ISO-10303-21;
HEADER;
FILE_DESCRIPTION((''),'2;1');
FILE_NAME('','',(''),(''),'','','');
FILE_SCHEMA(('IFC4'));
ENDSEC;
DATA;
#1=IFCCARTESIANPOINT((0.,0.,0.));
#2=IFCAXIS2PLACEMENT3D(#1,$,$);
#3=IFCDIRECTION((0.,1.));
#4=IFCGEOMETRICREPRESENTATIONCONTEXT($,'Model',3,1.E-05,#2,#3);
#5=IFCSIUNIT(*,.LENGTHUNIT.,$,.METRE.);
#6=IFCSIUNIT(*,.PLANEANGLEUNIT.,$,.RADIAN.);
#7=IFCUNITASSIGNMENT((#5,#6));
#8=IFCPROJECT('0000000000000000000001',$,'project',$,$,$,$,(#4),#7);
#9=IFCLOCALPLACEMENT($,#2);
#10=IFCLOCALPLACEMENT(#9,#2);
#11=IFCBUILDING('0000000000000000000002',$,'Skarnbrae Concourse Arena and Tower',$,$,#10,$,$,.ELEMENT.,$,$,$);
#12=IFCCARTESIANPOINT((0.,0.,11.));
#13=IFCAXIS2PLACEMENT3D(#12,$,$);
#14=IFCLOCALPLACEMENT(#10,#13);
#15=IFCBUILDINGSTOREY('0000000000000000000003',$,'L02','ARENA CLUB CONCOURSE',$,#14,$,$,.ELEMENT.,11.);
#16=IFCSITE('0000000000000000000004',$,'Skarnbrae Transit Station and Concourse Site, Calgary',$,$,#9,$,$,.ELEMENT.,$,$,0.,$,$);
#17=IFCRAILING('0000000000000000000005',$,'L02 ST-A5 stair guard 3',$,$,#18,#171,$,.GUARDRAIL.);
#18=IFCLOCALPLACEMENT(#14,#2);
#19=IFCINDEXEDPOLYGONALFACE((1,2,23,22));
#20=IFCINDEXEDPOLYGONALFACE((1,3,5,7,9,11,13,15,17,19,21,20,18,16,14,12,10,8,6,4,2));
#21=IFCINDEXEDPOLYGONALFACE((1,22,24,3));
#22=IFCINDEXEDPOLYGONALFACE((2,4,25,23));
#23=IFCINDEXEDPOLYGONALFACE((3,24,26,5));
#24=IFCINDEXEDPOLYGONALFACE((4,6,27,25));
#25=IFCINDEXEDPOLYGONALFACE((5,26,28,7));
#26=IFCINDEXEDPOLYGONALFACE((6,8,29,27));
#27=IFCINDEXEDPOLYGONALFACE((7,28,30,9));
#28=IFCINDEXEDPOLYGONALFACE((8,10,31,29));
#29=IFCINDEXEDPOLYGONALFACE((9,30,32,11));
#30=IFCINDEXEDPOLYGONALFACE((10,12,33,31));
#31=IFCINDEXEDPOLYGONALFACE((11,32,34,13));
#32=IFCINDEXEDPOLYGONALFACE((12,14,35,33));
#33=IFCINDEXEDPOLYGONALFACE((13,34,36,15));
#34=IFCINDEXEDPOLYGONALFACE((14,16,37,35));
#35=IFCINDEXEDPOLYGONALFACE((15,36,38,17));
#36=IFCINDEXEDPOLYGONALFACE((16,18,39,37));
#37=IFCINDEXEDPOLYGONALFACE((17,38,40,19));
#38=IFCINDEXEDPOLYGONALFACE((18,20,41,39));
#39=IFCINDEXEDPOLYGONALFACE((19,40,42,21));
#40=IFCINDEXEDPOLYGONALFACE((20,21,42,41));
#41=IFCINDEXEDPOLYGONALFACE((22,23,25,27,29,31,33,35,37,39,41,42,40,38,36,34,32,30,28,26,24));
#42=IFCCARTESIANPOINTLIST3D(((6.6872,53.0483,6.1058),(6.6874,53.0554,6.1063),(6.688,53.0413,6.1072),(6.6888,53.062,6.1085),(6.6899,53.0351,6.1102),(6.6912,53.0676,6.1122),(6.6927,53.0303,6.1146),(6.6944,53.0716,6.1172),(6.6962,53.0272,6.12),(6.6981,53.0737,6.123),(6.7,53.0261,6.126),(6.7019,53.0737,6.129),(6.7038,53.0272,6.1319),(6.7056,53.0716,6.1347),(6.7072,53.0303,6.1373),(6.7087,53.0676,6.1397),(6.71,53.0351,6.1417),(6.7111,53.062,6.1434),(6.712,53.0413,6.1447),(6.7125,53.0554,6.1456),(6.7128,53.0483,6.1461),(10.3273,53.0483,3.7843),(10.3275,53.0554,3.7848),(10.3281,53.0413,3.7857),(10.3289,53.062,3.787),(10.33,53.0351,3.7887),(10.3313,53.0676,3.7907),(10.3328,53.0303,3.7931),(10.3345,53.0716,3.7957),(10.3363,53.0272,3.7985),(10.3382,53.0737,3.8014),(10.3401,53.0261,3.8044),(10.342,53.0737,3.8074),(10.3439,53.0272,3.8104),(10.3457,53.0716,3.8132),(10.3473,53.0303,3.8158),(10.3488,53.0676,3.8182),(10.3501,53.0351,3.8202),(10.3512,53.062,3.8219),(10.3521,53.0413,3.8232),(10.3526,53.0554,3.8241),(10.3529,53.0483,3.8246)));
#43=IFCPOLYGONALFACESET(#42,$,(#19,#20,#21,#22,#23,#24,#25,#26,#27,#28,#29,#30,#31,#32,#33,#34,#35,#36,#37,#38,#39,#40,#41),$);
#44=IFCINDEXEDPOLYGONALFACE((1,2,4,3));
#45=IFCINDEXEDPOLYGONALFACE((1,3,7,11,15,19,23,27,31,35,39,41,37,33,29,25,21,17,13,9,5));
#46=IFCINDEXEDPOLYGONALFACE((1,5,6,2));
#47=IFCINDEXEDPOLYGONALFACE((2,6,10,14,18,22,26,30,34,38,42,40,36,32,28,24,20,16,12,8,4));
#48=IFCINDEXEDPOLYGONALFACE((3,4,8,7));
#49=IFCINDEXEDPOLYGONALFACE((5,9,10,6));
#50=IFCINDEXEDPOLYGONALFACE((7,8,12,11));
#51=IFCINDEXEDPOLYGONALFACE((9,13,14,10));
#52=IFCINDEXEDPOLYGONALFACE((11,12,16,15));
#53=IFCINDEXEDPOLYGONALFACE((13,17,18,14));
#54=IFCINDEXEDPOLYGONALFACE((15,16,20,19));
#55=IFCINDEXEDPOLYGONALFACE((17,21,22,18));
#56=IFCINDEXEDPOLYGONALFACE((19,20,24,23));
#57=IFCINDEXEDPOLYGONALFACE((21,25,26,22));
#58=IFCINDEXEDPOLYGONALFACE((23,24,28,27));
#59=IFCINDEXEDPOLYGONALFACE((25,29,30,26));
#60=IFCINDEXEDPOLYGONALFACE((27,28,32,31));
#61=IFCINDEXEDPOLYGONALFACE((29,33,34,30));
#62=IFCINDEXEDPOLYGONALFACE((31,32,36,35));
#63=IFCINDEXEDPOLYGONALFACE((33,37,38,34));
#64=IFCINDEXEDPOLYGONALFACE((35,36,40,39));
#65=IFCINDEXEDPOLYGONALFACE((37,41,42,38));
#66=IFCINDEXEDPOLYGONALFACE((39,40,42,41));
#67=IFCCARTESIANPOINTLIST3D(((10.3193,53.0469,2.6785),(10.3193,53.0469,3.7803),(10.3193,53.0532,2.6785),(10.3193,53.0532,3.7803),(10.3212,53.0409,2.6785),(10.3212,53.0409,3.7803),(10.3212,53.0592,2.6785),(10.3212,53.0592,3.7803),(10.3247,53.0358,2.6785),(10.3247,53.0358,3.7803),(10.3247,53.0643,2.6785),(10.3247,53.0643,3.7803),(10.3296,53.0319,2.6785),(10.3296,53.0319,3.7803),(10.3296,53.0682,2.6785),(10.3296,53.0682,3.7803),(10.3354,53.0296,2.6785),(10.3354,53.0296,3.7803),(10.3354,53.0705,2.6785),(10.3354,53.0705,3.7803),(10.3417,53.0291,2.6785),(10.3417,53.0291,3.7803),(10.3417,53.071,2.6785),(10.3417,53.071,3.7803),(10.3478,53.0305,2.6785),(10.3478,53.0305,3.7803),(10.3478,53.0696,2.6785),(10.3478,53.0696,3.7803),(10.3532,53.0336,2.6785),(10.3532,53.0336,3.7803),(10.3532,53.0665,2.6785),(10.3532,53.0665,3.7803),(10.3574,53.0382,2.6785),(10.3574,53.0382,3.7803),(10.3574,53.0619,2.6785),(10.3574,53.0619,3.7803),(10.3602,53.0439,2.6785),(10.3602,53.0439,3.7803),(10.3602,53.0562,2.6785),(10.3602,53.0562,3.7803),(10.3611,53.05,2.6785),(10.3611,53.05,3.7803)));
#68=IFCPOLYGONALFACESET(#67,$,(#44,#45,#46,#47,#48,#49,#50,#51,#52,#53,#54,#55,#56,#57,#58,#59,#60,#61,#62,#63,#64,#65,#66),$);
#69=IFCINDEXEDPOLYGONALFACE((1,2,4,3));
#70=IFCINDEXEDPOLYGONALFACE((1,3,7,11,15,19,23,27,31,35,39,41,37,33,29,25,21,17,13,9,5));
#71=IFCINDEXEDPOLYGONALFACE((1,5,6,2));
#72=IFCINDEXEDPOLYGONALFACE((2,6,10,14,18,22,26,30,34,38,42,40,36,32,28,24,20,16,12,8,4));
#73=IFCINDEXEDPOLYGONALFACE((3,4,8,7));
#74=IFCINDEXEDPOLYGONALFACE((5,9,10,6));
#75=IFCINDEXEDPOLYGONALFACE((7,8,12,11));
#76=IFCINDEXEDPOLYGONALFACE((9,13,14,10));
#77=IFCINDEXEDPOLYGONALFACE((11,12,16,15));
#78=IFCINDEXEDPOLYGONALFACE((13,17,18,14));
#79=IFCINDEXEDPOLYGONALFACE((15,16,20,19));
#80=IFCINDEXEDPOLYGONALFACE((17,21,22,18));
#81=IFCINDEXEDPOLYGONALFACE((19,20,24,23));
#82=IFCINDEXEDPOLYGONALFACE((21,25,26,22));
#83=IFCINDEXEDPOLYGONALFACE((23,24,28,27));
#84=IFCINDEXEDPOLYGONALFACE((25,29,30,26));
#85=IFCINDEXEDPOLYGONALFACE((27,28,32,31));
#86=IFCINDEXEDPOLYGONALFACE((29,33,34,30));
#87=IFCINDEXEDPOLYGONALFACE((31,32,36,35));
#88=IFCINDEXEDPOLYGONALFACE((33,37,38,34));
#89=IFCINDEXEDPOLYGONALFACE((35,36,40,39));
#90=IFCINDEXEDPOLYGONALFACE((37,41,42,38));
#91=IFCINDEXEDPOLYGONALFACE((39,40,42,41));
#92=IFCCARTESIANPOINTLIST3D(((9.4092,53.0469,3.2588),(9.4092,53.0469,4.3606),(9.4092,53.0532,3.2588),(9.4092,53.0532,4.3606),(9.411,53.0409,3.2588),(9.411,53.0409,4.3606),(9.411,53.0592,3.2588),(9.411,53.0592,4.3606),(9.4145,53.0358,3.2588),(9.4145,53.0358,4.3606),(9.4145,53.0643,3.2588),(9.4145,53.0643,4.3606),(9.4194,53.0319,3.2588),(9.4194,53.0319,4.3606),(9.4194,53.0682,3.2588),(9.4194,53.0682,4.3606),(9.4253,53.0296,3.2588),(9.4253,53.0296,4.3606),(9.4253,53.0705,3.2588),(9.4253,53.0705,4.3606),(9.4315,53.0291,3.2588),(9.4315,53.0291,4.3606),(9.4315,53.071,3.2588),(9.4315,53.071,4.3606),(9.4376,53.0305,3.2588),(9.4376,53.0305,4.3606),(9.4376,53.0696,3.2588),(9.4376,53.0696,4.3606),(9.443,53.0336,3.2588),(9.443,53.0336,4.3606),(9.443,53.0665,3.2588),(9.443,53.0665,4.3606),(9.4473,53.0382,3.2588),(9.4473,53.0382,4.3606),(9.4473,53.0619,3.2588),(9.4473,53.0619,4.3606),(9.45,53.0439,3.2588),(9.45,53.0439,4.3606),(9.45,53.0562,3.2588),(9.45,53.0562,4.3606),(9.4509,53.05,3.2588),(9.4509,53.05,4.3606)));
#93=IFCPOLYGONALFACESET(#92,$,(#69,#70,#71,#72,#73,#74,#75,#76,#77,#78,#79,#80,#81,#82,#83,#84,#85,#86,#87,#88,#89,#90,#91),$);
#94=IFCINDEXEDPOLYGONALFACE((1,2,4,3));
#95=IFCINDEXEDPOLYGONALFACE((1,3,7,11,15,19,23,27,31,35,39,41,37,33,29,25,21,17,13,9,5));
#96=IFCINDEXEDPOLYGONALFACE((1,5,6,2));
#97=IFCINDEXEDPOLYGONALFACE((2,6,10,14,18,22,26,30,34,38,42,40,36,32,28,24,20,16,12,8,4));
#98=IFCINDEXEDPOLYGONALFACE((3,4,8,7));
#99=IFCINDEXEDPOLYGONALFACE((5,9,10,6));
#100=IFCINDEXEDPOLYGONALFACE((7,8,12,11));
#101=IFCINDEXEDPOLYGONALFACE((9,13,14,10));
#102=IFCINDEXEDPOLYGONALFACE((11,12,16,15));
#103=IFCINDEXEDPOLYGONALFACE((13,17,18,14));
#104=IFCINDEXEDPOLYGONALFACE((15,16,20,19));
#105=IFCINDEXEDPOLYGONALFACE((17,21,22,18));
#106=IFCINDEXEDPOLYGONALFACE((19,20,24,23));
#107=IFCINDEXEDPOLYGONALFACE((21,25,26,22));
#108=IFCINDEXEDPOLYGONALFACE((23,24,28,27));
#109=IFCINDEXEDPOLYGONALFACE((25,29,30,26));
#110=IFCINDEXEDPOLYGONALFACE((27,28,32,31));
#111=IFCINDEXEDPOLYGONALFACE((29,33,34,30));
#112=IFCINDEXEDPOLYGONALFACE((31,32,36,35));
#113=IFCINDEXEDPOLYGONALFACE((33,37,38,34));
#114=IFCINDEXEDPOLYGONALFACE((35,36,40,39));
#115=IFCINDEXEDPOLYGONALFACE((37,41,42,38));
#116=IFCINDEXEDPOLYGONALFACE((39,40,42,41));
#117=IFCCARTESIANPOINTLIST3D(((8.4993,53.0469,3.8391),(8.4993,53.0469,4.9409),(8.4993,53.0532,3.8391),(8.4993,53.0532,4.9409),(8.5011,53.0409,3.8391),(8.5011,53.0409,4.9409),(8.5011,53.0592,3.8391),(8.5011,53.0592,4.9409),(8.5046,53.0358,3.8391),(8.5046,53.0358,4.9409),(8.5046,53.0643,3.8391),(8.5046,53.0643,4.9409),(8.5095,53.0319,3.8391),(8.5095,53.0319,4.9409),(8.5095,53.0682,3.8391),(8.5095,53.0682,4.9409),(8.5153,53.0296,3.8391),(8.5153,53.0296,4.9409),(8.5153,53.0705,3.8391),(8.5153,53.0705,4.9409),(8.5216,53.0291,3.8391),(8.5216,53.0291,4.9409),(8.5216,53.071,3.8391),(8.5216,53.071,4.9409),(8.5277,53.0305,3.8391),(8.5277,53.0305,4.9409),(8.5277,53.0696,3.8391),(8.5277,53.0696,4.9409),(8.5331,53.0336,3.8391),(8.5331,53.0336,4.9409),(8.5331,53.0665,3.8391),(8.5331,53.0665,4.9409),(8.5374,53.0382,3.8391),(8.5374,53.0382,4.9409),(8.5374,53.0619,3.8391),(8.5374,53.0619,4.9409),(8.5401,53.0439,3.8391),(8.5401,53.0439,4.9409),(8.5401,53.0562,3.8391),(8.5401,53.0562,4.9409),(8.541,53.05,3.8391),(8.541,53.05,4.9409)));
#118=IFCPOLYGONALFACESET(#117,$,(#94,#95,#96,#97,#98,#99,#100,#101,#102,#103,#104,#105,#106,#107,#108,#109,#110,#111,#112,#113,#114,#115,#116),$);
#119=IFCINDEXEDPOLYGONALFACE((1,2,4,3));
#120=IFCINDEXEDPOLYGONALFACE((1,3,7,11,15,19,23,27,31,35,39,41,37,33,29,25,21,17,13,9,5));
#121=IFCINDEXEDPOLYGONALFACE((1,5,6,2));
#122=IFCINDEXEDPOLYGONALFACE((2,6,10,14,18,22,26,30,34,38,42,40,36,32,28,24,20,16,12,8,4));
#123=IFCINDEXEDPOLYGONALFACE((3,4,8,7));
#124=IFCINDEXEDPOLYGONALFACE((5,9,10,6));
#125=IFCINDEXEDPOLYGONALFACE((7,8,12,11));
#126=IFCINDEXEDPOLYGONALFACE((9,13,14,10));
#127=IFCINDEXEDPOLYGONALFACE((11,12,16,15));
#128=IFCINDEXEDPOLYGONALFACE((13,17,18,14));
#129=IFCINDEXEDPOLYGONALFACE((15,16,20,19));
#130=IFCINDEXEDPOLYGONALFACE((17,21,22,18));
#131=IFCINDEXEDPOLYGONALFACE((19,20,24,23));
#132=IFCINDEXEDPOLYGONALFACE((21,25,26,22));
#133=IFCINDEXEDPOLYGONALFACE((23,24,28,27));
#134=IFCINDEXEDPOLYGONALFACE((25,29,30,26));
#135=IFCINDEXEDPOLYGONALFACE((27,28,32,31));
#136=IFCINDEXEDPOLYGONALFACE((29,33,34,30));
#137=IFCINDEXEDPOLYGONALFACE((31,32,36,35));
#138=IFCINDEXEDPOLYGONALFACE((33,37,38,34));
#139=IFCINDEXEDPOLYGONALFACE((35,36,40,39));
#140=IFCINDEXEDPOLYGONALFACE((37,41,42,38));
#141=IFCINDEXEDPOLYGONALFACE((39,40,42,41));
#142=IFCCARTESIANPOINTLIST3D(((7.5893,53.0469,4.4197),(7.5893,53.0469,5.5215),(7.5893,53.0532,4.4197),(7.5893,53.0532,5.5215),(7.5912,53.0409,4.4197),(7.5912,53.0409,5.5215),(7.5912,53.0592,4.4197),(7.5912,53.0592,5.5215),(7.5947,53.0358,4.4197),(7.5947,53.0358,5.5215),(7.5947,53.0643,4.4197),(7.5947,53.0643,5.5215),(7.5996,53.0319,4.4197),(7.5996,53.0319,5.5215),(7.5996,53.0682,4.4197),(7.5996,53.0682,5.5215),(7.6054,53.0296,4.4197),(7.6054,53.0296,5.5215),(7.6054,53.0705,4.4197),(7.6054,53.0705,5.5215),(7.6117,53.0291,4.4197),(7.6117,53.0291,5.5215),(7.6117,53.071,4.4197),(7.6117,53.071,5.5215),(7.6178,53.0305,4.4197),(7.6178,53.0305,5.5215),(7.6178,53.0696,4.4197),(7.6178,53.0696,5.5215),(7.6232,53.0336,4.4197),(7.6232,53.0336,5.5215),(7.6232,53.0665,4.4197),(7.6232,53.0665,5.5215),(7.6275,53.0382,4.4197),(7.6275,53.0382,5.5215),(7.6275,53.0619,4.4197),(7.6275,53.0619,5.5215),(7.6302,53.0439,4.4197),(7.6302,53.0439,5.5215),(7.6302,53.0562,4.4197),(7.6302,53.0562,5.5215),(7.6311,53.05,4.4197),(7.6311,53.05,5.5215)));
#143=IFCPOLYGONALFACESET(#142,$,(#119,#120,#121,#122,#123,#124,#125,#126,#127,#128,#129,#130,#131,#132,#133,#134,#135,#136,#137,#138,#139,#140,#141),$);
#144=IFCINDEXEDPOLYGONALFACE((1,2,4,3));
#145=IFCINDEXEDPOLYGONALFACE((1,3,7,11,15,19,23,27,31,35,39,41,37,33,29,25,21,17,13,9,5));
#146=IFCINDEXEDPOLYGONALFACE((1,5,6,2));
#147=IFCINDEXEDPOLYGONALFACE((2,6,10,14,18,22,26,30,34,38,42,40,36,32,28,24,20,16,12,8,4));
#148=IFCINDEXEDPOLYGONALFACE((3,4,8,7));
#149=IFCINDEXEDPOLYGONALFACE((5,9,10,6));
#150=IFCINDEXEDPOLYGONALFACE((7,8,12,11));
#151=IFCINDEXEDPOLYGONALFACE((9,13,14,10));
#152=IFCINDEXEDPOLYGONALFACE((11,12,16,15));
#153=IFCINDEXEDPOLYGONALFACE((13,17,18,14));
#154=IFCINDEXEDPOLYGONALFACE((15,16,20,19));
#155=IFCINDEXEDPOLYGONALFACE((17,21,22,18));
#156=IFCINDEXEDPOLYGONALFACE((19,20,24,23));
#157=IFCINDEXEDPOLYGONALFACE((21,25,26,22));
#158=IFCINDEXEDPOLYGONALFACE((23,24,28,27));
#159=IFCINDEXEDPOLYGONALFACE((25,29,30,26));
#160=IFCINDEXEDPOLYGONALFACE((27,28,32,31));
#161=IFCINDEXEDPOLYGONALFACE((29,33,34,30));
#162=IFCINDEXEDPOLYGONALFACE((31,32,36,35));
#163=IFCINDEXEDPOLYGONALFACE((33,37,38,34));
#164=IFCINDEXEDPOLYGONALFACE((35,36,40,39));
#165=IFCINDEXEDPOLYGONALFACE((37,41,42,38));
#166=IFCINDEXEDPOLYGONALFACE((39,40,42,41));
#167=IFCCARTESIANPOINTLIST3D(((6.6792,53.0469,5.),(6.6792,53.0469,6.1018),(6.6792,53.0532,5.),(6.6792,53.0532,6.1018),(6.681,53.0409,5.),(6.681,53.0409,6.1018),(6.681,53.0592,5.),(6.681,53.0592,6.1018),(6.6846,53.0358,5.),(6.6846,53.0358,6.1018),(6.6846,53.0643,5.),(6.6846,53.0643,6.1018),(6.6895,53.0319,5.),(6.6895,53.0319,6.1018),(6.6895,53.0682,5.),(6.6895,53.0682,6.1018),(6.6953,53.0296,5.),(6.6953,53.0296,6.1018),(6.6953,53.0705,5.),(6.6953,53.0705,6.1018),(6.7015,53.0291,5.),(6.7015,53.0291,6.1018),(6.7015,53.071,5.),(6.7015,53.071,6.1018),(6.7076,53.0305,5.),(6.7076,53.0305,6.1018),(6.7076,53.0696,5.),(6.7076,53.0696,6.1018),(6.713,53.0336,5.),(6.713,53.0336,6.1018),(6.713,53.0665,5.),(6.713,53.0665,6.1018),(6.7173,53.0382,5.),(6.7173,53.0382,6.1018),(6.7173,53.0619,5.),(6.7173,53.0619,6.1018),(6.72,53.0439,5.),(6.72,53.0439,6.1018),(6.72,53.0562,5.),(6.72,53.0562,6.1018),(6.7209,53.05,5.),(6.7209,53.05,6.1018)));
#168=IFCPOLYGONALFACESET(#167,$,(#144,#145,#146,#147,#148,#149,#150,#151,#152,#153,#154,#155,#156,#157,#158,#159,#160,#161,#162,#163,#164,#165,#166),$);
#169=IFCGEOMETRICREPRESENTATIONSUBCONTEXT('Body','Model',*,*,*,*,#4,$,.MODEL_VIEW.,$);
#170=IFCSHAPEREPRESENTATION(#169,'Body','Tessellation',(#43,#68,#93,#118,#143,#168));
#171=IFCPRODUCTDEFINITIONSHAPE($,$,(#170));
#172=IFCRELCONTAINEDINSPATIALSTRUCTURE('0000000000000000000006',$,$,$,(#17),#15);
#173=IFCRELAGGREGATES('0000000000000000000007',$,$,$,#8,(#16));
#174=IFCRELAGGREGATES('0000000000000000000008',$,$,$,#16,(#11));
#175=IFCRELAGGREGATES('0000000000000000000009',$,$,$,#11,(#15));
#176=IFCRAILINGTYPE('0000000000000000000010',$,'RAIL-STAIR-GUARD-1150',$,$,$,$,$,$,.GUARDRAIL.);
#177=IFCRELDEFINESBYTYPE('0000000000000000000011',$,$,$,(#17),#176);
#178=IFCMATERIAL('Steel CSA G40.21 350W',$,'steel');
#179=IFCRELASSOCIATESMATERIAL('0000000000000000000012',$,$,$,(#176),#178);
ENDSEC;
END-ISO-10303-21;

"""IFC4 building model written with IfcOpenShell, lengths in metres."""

from ifc_helpers import new_model, si_unit, direction, frame, origin, origin_2d, place, context, subcontext, project, spatial, circle, extrude, material, type_object, element, save


model = new_model("IFC4")

# Units and contexts
model_context = context("Model", 3, precision=1e-05, world=origin(), true_north=direction((0.0, 1.0)))
body_context = subcontext(model_context, "Body", "Model", "MODEL_VIEW")
ifc_project = project(units=[si_unit("LENGTHUNIT", "METRE"), si_unit("PLANEANGLEUNIT", "RADIAN")], contexts=[model_context])

# Site, building, storey
site_placement = place(None, origin())
site = spatial("IfcSite", under=ifc_project, at=site_placement, Name="Skarnbrae Transit Station and Concourse Site, Calgary", CompositionType="ELEMENT", RefElevation=0.0)
building_placement = place(site_placement, origin())
building = spatial("IfcBuilding", under=site, at=building_placement, Name="Skarnbrae Concourse Arena and Tower", CompositionType="ELEMENT")
storey_placement = place(building_placement, frame((0.0, 0.0, 11.0)))
storey = spatial("IfcBuildingStorey", under=building, at=storey_placement, Name="L02", Description="ARENA CLUB CONCOURSE", CompositionType="ELEMENT", Elevation=11.0)

# Shared definitions
ifc_material_1 = material(Name="Steel CSA G40.21 350W", Category="steel")

# Railing
railing_type_1 = type_object("IfcRailingType", Name="RAIL-STAIR-GUARD-1150", PredefinedType="GUARDRAIL", material=ifc_material_1)
railing_1_placement = place(storey_placement, frame((10.3401, 53.05, 2.6785)))
element("IfcRailing", 1, at=railing_1_placement, inside=storey, type_object=railing_type_1, Name="L02 ST-A5 stair guard 3", PredefinedType="GUARDRAIL", context=body_context, shape_type="SweptSolid", body=[
    extrude(circle(Radius=0.0239, at=origin_2d()), frame((0.0, 0.0, 1.126), z_axis=(-0.843128, 0.0, 0.537713), x_axis=(0.0, -1.0, 0.0)), (0.0, 0.0, 1.0), 4.3174),
    extrude(circle(Radius=0.021, at=origin_2d()), origin(), (0.0, 0.0, 1.0), 1.1018),
    extrude(circle(Radius=0.021, at=origin_2d()), frame((-0.9102, 0.0, 0.5803)), (0.0, 0.0, 1.0), 1.1018),
    extrude(circle(Radius=0.021, at=origin_2d()), frame((-1.8201, 0.0, 1.1606)), (0.0, 0.0, 1.0), 1.1018),
    extrude(circle(Radius=0.021, at=origin_2d()), frame((-2.73, 0.0, 1.7412)), (0.0, 0.0, 1.0), 1.1018),
    extrude(circle(Radius=0.021, at=origin_2d()), frame((-3.6401, 0.0, 2.3215)), (0.0, 0.0, 1.0), 1.1018),
])

save(model, "model.ifc")
